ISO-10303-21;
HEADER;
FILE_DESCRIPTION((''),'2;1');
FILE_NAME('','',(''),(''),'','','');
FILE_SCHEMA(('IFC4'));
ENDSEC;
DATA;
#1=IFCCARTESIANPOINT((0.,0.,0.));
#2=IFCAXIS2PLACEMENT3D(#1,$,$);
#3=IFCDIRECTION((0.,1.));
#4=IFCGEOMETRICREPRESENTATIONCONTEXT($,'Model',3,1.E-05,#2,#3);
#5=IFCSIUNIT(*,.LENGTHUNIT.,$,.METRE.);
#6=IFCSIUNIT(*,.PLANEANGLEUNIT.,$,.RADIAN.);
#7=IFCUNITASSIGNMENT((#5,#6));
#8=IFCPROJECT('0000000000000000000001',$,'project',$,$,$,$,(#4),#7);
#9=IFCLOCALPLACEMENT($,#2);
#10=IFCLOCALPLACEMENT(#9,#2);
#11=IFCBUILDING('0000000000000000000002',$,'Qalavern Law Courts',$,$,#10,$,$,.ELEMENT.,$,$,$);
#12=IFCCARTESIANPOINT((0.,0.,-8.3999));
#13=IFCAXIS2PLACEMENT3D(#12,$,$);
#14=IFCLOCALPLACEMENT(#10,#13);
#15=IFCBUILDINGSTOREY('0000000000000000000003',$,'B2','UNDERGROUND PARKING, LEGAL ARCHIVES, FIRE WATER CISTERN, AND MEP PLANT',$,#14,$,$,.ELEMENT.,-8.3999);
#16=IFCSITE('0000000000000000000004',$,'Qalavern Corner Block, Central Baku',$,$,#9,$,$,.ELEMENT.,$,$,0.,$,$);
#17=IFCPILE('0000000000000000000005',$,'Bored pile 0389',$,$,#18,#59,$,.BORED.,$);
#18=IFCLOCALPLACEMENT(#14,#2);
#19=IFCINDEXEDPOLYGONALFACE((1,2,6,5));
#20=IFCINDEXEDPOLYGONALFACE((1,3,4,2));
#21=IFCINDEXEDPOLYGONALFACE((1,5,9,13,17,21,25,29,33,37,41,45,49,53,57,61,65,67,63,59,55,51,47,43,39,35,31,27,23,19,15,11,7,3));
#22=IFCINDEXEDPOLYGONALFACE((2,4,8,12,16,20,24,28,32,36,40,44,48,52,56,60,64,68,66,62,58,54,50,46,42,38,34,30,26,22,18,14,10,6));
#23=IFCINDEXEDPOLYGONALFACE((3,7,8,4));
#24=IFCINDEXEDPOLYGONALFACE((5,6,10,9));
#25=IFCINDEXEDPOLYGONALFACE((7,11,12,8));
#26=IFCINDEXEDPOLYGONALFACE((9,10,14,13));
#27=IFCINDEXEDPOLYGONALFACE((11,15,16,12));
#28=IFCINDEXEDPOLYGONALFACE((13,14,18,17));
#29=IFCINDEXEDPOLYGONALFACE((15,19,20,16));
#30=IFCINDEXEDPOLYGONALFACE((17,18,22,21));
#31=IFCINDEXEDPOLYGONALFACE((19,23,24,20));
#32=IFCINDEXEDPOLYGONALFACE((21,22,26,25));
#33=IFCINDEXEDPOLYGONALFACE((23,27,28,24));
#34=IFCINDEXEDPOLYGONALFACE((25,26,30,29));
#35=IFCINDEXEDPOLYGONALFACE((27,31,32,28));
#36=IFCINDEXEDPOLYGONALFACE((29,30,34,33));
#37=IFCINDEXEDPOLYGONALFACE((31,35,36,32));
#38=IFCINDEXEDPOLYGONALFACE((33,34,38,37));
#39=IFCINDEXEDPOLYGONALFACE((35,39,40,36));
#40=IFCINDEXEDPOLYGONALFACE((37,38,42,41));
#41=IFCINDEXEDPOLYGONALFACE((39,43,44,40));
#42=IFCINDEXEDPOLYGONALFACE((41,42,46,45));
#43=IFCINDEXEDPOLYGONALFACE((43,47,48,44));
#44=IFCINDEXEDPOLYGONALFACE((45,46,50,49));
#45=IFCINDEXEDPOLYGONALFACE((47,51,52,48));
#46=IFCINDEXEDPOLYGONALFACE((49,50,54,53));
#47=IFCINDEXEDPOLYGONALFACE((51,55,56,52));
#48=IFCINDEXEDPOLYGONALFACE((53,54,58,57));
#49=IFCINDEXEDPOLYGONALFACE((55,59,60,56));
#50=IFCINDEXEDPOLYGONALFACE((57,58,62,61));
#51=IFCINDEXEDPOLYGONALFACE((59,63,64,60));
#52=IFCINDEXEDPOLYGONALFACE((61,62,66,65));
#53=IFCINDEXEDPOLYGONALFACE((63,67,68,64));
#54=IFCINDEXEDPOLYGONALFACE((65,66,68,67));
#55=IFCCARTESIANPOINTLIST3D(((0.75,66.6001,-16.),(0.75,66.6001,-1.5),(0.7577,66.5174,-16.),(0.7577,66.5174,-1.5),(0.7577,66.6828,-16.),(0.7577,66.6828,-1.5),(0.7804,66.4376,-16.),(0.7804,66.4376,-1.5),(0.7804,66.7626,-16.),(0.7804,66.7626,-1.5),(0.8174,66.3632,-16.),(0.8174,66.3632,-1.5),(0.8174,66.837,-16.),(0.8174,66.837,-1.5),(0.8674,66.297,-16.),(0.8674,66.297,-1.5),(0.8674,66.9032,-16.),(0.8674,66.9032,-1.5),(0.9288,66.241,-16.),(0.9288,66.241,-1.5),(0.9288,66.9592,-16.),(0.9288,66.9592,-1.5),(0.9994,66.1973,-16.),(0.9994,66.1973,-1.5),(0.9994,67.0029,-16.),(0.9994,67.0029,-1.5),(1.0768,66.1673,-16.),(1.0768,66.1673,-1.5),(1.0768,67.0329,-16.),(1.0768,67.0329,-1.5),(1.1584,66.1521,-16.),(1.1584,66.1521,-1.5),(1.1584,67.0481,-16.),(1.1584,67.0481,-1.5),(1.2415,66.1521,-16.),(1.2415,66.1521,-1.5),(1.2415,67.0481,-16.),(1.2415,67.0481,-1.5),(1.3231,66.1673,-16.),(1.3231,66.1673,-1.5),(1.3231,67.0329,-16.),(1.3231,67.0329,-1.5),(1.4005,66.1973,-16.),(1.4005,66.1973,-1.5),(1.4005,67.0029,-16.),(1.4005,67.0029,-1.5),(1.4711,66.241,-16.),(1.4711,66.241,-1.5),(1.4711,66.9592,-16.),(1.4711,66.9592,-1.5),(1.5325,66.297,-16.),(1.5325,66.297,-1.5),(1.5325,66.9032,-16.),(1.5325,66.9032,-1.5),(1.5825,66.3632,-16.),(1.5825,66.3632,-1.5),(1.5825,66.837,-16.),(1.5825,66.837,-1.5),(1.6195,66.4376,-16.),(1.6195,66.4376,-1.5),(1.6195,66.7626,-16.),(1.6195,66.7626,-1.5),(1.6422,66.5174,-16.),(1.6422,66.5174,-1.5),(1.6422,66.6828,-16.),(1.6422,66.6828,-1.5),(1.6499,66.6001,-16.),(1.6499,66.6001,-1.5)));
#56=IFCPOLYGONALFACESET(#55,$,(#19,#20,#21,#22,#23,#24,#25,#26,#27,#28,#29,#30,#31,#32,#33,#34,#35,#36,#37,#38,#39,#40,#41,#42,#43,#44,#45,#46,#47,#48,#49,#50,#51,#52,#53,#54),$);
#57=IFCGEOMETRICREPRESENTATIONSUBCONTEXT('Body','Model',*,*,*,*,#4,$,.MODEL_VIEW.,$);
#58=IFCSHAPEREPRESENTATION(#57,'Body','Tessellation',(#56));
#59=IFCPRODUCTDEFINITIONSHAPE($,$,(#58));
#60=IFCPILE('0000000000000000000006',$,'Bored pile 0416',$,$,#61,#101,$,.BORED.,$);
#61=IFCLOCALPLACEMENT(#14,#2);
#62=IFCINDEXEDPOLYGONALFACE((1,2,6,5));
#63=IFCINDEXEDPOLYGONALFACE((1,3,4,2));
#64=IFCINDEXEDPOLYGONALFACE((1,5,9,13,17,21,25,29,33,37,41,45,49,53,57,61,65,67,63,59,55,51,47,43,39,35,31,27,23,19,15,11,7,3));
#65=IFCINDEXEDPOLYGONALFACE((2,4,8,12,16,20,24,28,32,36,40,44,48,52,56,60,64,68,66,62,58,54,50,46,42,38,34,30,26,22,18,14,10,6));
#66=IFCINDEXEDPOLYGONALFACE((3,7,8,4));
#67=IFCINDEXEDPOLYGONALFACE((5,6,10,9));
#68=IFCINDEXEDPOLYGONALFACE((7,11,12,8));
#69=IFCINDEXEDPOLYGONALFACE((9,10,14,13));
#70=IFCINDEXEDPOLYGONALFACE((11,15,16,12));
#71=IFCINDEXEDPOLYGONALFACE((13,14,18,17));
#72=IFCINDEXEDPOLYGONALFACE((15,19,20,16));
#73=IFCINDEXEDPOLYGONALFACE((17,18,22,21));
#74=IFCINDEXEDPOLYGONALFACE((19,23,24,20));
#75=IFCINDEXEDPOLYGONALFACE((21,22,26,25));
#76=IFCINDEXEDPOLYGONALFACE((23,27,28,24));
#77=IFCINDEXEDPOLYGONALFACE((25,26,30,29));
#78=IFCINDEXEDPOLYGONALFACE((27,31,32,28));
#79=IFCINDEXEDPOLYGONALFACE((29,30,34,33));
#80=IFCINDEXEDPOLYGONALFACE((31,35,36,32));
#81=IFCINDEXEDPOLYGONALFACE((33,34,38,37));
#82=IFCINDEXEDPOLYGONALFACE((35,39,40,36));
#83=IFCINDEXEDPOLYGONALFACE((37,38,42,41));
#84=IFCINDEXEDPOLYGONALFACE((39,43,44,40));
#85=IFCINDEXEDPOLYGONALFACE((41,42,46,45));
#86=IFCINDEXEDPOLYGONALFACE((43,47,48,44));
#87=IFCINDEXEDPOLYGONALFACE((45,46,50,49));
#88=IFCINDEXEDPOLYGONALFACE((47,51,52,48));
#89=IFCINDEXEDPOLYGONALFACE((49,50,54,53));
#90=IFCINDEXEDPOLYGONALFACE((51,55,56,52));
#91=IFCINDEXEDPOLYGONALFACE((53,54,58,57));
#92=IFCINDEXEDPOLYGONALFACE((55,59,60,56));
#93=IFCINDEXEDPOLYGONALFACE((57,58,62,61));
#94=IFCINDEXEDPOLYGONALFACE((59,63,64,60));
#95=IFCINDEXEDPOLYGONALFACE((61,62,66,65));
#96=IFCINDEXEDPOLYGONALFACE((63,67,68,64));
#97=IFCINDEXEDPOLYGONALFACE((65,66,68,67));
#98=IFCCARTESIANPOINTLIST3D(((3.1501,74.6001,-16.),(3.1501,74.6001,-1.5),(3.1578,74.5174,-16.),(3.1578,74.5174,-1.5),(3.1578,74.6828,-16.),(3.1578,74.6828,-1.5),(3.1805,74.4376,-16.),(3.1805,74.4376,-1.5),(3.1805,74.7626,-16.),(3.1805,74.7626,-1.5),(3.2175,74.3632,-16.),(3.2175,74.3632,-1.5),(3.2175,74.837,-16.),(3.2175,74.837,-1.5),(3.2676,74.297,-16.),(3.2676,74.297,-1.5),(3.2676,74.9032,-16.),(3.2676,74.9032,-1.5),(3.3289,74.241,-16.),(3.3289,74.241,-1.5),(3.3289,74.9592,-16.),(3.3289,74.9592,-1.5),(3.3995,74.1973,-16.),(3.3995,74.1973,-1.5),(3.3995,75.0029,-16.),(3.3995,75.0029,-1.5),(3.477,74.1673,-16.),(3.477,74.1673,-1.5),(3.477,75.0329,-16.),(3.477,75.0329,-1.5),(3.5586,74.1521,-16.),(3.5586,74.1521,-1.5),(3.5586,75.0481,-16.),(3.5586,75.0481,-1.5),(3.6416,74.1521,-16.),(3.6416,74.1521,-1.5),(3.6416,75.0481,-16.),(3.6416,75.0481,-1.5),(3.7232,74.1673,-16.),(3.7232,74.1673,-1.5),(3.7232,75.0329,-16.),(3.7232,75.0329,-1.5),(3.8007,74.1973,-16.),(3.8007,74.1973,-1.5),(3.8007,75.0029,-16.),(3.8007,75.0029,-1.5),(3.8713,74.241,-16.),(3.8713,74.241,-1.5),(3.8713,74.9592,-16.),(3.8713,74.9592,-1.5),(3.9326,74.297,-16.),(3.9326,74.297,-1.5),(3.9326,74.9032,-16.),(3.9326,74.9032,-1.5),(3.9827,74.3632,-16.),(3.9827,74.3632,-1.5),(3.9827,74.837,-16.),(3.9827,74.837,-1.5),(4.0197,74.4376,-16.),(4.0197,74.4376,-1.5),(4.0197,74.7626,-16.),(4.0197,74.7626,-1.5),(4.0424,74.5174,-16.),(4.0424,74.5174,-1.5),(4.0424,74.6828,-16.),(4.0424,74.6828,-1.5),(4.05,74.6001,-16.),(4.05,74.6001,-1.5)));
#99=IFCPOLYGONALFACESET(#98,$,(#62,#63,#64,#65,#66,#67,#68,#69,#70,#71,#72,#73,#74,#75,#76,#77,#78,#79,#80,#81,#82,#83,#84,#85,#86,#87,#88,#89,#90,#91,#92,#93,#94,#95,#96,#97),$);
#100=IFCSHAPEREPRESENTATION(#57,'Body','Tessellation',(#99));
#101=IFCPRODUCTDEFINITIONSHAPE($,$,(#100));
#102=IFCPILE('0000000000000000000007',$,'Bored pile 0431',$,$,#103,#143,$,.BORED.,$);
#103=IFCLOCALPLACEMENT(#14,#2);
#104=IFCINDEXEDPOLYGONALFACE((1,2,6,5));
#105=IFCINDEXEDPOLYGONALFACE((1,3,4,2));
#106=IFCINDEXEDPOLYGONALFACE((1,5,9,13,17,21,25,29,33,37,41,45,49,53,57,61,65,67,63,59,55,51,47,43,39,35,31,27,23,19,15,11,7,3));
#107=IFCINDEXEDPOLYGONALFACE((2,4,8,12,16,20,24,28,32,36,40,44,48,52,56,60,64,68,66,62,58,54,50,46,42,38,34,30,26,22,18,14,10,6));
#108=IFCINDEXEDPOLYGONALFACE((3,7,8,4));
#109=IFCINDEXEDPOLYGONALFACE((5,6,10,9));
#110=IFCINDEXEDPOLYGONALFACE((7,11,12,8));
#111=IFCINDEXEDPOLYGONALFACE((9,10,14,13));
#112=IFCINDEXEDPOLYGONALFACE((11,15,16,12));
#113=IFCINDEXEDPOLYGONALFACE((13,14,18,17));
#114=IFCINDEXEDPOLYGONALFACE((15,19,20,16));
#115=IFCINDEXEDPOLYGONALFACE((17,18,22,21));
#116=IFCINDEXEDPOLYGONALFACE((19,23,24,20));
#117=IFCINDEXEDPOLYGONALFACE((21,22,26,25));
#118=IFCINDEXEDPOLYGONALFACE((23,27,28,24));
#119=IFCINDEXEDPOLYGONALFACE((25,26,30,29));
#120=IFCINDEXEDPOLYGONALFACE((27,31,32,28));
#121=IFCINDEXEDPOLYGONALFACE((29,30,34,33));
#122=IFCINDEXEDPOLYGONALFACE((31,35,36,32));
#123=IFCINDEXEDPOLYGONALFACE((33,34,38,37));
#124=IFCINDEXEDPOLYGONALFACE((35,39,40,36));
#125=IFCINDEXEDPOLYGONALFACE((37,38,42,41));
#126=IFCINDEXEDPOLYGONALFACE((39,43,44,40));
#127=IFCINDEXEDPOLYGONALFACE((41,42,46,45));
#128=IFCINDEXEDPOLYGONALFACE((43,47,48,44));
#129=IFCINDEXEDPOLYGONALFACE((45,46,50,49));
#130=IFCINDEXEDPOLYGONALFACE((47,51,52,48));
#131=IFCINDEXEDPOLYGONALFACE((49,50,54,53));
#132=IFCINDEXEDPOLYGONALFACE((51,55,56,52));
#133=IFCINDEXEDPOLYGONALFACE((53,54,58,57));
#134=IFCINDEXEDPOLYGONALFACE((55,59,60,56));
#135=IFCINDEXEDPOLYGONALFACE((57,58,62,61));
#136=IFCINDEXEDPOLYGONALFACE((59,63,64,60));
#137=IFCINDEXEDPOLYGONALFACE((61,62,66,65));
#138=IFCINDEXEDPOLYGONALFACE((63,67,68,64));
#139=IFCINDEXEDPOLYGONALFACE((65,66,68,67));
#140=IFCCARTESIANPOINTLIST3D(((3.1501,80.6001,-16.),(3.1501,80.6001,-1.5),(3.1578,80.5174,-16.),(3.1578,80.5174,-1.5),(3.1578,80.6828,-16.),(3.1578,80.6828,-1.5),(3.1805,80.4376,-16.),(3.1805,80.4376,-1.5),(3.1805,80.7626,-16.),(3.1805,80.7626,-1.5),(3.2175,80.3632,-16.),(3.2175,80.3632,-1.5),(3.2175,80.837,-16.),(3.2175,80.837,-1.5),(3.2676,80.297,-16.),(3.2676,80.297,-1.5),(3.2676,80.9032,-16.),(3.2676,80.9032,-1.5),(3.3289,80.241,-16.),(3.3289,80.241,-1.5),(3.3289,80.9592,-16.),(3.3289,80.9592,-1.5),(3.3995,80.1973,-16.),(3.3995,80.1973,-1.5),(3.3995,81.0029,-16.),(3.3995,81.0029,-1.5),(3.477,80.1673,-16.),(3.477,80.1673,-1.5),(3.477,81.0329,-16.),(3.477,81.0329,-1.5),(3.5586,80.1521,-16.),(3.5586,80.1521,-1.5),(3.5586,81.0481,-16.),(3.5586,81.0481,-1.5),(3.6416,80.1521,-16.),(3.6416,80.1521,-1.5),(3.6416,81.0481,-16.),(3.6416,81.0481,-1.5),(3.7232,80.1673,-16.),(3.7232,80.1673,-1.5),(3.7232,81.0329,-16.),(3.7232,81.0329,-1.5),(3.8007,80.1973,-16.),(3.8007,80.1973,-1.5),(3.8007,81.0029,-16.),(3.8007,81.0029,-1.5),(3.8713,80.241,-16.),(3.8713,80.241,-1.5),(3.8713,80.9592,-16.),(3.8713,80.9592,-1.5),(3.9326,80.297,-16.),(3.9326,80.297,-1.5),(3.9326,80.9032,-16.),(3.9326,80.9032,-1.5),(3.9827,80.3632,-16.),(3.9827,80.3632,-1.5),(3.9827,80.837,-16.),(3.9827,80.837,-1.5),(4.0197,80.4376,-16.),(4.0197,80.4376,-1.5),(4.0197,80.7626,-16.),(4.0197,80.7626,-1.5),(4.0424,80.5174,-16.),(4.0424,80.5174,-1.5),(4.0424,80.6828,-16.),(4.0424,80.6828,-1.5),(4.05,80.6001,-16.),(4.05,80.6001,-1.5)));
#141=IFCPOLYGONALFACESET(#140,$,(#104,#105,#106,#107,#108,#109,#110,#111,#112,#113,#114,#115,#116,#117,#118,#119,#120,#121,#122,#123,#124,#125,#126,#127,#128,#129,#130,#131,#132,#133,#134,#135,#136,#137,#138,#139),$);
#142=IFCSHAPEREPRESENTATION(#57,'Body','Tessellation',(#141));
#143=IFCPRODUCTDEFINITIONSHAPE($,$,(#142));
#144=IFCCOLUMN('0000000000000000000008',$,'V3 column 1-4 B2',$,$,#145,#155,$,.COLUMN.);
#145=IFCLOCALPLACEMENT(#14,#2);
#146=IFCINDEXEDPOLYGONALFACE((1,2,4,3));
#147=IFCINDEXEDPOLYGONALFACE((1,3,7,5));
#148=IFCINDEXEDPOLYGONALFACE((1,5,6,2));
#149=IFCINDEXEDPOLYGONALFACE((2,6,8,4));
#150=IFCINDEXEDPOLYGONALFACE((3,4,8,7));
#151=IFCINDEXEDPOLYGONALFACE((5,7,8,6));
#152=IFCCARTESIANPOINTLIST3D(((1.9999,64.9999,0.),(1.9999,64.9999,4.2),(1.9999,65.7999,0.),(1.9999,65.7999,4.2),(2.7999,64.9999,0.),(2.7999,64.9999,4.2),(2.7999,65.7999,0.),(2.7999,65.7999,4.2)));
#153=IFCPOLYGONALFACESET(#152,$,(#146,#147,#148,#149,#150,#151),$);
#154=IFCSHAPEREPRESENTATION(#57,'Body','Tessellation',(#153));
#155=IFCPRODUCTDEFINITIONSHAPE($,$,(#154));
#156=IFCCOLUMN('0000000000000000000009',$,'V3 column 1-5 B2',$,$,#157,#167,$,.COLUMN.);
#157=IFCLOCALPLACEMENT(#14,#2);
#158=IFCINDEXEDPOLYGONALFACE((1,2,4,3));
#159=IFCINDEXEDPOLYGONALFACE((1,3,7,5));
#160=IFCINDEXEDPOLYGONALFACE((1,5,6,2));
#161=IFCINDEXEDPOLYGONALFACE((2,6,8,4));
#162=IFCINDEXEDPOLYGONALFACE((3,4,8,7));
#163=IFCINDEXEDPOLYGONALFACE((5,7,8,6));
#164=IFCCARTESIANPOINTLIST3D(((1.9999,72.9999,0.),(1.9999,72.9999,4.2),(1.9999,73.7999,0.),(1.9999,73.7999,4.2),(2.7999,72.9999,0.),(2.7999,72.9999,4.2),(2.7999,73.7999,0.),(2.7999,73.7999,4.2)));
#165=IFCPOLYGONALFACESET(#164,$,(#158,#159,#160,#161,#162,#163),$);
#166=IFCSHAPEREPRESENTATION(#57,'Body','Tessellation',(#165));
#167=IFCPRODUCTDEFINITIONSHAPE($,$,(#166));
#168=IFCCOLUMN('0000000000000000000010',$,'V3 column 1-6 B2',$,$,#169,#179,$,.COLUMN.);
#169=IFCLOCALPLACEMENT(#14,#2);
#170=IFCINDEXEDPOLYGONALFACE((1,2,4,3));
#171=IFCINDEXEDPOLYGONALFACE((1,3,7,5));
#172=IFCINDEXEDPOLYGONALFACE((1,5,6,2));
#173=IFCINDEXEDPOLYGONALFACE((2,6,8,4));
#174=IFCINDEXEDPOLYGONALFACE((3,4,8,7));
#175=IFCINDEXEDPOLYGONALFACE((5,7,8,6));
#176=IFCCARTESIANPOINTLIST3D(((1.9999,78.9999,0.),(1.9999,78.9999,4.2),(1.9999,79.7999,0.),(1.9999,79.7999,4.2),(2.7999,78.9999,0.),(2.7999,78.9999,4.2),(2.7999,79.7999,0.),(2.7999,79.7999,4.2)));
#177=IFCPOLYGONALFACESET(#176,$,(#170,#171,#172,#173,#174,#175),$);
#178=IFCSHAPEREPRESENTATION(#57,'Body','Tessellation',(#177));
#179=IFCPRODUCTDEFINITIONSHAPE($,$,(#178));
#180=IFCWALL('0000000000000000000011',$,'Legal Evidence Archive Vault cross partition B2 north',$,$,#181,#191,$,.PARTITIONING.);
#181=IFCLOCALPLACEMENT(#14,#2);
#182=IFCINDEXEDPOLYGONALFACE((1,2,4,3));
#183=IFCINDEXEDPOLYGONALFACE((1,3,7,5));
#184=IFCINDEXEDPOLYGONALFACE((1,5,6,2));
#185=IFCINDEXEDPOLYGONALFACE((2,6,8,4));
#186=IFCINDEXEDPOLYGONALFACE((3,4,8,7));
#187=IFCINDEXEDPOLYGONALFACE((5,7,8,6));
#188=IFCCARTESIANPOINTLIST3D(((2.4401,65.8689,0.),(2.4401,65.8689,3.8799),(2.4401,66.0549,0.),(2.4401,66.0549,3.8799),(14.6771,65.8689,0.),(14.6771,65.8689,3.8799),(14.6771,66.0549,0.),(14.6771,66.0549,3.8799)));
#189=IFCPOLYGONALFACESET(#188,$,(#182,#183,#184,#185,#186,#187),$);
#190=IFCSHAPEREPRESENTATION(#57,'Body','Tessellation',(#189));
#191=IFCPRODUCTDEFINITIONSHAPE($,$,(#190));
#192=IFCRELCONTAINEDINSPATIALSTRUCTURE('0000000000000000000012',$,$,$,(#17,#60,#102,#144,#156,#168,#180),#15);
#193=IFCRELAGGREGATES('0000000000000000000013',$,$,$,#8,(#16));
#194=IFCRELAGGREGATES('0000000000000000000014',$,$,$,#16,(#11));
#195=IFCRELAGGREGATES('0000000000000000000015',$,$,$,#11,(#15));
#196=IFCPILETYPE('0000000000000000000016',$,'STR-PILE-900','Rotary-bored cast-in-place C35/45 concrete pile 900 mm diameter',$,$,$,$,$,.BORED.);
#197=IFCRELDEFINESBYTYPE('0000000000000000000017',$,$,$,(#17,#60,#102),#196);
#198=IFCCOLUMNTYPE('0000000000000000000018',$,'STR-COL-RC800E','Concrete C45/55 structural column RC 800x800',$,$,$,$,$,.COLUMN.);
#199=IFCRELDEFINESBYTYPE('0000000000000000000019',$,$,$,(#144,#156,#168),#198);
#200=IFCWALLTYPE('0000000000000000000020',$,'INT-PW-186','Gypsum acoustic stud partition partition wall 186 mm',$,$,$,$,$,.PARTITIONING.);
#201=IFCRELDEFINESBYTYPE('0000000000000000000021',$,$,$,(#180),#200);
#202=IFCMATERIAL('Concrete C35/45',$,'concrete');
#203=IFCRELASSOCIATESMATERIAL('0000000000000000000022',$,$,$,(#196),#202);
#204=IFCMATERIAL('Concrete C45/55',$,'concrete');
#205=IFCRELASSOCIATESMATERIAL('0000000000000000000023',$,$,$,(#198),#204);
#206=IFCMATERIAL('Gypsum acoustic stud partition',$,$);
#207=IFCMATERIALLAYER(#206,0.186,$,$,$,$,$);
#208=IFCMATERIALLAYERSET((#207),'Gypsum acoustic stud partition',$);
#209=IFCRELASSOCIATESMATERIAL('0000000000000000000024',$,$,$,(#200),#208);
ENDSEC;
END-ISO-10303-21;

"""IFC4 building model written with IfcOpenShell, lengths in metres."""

from ifc_helpers import new_model, si_unit, direction, frame, frame_2d, origin, origin_2d, place, context, subcontext, project, spatial, rectangle, circle, extrude, material, layer, layer_set, material_profile, profile_set, type_object, element, save


model = new_model("IFC4")

# Units and contexts
model_context = context("Model", 3, precision=1e-05, world=origin(), true_north=direction((0.0, 1.0)))
body_context = subcontext(model_context, "Body", "Model", "MODEL_VIEW")
ifc_project = project(units=[si_unit("LENGTHUNIT", "METRE"), si_unit("PLANEANGLEUNIT", "RADIAN")], contexts=[model_context])

# Site, building, storey
site_placement = place(None, origin())
site = spatial("IfcSite", under=ifc_project, at=site_placement, Name="Qalavern Corner Block, Central Baku", CompositionType="ELEMENT", RefElevation=0.0)
building_placement = place(site_placement, origin())
building = spatial("IfcBuilding", under=site, at=building_placement, Name="Qalavern Law Courts", CompositionType="ELEMENT")
storey_placement = place(building_placement, frame((0.0, 0.0, -8.3999)))
storey = spatial("IfcBuildingStorey", under=building, at=storey_placement, Name="B2", Description="UNDERGROUND PARKING, LEGAL ARCHIVES, FIRE WATER CISTERN, AND MEP PLANT", CompositionType="ELEMENT", Elevation=-8.3999)

# Shared definitions
ifc_material_1 = material(Name="Concrete C35/45", Category="concrete")

# Piles
ifc_material_profile_1 = material_profile(ifc_material_1, circle(Radius=0.45, at=origin_2d()), Name="BORED PILE 900")
ifc_profile_set_1 = profile_set([ifc_material_profile_1], Name="Concrete C35/45")
pile_type_1 = type_object("IfcPileType", Name="STR-PILE-900", Description="Rotary-bored cast-in-place C35/45 concrete pile 900 mm diameter", PredefinedType="BORED", material=ifc_profile_set_1)
for number, where, z_axis, x_axis, name in (
    (1, (1.2, 66.6001, -1.5), (0.0, 0.0, -1.0), (1.0, 0.0, 0.0), "Bored pile 0389"),
    (2, (3.6001, 74.6001, -1.5), (0.0, 0.0, -1.0), (1.0, 0.0, 0.0), "Bored pile 0416"),
    (3, (3.6001, 80.6001, -1.5), (0.0, 0.0, -1.0), (1.0, 0.0, 0.0), "Bored pile 0431"),
):
    element("IfcPile", number, at=place(storey_placement, frame(where, z_axis=z_axis, x_axis=x_axis)), inside=storey, type_object=pile_type_1, Name=name, PredefinedType="BORED", context=body_context, shape_type="SweptSolid", body=[
        extrude(circle(Radius=0.45, at=origin_2d()), origin(), (0.0, 0.0, 1.0), 14.5),
    ])

# Columns
ifc_material_2 = material(Name="Concrete C45/55", Category="concrete")
ifc_material_profile_2 = material_profile(ifc_material_2, rectangle(XDim=0.8, YDim=0.8, at=origin_2d()), Name="RC 800x800")
ifc_profile_set_2 = profile_set([ifc_material_profile_2], Name="Concrete C45/55")
column_type = type_object("IfcColumnType", Name="STR-COL-RC800E", Description="Concrete C45/55 structural column RC 800x800", PredefinedType="COLUMN", material=ifc_profile_set_2)
for number, where, z_axis, x_axis, name in (
    (4, (2.3999, 65.3999, 0.0), (0.0, 0.0, 1.0), (1.0, 0.0, 0.0), "V3 column 1-4 B2"),
    (5, (2.3999, 73.3999, 0.0), (0.0, 0.0, 1.0), (1.0, 0.0, 0.0), "V3 column 1-5 B2"),
    (6, (2.3999, 79.3999, 0.0), (0.0, 0.0, 1.0), (1.0, 0.0, 0.0), "V3 column 1-6 B2"),
):
    element("IfcColumn", number, at=place(storey_placement, frame(where, z_axis=z_axis, x_axis=x_axis)), inside=storey, type_object=column_type, Name=name, PredefinedType="COLUMN", context=body_context, shape_type="SweptSolid", body=[
        extrude(rectangle(XDim=0.8, YDim=0.8, at=origin_2d()), origin(), (0.0, 0.0, 1.0), 4.2),
    ])

# Wall
ifc_material_3 = material(Name="Gypsum acoustic stud partition")
ifc_layer = layer(ifc_material_3, 0.186)
ifc_layer_set = layer_set([ifc_layer], Name="Gypsum acoustic stud partition")
wall_type = type_object("IfcWallType", Name="INT-PW-186", Description="Gypsum acoustic stud partition partition wall 186 mm", PredefinedType="PARTITIONING", material=ifc_layer_set)
wall_placement = place(storey_placement, frame((2.4399, 65.9619, 0.0), z_axis=(0.0, 0.0, 1.0), x_axis=(1.0, 0.0, 0.0)))
element("IfcWall", 7, at=wall_placement, inside=storey, type_object=wall_type, Name="Legal Evidence Archive Vault cross partition B2 north", PredefinedType="PARTITIONING", context=body_context, shape_type="SweptSolid", body=[
    extrude(rectangle(XDim=12.2371, YDim=0.186, at=frame_2d((6.1187, 0.0))), origin(), (0.0, 0.0, 1.0), 3.8799),
])

save(model, "model.ifc")
